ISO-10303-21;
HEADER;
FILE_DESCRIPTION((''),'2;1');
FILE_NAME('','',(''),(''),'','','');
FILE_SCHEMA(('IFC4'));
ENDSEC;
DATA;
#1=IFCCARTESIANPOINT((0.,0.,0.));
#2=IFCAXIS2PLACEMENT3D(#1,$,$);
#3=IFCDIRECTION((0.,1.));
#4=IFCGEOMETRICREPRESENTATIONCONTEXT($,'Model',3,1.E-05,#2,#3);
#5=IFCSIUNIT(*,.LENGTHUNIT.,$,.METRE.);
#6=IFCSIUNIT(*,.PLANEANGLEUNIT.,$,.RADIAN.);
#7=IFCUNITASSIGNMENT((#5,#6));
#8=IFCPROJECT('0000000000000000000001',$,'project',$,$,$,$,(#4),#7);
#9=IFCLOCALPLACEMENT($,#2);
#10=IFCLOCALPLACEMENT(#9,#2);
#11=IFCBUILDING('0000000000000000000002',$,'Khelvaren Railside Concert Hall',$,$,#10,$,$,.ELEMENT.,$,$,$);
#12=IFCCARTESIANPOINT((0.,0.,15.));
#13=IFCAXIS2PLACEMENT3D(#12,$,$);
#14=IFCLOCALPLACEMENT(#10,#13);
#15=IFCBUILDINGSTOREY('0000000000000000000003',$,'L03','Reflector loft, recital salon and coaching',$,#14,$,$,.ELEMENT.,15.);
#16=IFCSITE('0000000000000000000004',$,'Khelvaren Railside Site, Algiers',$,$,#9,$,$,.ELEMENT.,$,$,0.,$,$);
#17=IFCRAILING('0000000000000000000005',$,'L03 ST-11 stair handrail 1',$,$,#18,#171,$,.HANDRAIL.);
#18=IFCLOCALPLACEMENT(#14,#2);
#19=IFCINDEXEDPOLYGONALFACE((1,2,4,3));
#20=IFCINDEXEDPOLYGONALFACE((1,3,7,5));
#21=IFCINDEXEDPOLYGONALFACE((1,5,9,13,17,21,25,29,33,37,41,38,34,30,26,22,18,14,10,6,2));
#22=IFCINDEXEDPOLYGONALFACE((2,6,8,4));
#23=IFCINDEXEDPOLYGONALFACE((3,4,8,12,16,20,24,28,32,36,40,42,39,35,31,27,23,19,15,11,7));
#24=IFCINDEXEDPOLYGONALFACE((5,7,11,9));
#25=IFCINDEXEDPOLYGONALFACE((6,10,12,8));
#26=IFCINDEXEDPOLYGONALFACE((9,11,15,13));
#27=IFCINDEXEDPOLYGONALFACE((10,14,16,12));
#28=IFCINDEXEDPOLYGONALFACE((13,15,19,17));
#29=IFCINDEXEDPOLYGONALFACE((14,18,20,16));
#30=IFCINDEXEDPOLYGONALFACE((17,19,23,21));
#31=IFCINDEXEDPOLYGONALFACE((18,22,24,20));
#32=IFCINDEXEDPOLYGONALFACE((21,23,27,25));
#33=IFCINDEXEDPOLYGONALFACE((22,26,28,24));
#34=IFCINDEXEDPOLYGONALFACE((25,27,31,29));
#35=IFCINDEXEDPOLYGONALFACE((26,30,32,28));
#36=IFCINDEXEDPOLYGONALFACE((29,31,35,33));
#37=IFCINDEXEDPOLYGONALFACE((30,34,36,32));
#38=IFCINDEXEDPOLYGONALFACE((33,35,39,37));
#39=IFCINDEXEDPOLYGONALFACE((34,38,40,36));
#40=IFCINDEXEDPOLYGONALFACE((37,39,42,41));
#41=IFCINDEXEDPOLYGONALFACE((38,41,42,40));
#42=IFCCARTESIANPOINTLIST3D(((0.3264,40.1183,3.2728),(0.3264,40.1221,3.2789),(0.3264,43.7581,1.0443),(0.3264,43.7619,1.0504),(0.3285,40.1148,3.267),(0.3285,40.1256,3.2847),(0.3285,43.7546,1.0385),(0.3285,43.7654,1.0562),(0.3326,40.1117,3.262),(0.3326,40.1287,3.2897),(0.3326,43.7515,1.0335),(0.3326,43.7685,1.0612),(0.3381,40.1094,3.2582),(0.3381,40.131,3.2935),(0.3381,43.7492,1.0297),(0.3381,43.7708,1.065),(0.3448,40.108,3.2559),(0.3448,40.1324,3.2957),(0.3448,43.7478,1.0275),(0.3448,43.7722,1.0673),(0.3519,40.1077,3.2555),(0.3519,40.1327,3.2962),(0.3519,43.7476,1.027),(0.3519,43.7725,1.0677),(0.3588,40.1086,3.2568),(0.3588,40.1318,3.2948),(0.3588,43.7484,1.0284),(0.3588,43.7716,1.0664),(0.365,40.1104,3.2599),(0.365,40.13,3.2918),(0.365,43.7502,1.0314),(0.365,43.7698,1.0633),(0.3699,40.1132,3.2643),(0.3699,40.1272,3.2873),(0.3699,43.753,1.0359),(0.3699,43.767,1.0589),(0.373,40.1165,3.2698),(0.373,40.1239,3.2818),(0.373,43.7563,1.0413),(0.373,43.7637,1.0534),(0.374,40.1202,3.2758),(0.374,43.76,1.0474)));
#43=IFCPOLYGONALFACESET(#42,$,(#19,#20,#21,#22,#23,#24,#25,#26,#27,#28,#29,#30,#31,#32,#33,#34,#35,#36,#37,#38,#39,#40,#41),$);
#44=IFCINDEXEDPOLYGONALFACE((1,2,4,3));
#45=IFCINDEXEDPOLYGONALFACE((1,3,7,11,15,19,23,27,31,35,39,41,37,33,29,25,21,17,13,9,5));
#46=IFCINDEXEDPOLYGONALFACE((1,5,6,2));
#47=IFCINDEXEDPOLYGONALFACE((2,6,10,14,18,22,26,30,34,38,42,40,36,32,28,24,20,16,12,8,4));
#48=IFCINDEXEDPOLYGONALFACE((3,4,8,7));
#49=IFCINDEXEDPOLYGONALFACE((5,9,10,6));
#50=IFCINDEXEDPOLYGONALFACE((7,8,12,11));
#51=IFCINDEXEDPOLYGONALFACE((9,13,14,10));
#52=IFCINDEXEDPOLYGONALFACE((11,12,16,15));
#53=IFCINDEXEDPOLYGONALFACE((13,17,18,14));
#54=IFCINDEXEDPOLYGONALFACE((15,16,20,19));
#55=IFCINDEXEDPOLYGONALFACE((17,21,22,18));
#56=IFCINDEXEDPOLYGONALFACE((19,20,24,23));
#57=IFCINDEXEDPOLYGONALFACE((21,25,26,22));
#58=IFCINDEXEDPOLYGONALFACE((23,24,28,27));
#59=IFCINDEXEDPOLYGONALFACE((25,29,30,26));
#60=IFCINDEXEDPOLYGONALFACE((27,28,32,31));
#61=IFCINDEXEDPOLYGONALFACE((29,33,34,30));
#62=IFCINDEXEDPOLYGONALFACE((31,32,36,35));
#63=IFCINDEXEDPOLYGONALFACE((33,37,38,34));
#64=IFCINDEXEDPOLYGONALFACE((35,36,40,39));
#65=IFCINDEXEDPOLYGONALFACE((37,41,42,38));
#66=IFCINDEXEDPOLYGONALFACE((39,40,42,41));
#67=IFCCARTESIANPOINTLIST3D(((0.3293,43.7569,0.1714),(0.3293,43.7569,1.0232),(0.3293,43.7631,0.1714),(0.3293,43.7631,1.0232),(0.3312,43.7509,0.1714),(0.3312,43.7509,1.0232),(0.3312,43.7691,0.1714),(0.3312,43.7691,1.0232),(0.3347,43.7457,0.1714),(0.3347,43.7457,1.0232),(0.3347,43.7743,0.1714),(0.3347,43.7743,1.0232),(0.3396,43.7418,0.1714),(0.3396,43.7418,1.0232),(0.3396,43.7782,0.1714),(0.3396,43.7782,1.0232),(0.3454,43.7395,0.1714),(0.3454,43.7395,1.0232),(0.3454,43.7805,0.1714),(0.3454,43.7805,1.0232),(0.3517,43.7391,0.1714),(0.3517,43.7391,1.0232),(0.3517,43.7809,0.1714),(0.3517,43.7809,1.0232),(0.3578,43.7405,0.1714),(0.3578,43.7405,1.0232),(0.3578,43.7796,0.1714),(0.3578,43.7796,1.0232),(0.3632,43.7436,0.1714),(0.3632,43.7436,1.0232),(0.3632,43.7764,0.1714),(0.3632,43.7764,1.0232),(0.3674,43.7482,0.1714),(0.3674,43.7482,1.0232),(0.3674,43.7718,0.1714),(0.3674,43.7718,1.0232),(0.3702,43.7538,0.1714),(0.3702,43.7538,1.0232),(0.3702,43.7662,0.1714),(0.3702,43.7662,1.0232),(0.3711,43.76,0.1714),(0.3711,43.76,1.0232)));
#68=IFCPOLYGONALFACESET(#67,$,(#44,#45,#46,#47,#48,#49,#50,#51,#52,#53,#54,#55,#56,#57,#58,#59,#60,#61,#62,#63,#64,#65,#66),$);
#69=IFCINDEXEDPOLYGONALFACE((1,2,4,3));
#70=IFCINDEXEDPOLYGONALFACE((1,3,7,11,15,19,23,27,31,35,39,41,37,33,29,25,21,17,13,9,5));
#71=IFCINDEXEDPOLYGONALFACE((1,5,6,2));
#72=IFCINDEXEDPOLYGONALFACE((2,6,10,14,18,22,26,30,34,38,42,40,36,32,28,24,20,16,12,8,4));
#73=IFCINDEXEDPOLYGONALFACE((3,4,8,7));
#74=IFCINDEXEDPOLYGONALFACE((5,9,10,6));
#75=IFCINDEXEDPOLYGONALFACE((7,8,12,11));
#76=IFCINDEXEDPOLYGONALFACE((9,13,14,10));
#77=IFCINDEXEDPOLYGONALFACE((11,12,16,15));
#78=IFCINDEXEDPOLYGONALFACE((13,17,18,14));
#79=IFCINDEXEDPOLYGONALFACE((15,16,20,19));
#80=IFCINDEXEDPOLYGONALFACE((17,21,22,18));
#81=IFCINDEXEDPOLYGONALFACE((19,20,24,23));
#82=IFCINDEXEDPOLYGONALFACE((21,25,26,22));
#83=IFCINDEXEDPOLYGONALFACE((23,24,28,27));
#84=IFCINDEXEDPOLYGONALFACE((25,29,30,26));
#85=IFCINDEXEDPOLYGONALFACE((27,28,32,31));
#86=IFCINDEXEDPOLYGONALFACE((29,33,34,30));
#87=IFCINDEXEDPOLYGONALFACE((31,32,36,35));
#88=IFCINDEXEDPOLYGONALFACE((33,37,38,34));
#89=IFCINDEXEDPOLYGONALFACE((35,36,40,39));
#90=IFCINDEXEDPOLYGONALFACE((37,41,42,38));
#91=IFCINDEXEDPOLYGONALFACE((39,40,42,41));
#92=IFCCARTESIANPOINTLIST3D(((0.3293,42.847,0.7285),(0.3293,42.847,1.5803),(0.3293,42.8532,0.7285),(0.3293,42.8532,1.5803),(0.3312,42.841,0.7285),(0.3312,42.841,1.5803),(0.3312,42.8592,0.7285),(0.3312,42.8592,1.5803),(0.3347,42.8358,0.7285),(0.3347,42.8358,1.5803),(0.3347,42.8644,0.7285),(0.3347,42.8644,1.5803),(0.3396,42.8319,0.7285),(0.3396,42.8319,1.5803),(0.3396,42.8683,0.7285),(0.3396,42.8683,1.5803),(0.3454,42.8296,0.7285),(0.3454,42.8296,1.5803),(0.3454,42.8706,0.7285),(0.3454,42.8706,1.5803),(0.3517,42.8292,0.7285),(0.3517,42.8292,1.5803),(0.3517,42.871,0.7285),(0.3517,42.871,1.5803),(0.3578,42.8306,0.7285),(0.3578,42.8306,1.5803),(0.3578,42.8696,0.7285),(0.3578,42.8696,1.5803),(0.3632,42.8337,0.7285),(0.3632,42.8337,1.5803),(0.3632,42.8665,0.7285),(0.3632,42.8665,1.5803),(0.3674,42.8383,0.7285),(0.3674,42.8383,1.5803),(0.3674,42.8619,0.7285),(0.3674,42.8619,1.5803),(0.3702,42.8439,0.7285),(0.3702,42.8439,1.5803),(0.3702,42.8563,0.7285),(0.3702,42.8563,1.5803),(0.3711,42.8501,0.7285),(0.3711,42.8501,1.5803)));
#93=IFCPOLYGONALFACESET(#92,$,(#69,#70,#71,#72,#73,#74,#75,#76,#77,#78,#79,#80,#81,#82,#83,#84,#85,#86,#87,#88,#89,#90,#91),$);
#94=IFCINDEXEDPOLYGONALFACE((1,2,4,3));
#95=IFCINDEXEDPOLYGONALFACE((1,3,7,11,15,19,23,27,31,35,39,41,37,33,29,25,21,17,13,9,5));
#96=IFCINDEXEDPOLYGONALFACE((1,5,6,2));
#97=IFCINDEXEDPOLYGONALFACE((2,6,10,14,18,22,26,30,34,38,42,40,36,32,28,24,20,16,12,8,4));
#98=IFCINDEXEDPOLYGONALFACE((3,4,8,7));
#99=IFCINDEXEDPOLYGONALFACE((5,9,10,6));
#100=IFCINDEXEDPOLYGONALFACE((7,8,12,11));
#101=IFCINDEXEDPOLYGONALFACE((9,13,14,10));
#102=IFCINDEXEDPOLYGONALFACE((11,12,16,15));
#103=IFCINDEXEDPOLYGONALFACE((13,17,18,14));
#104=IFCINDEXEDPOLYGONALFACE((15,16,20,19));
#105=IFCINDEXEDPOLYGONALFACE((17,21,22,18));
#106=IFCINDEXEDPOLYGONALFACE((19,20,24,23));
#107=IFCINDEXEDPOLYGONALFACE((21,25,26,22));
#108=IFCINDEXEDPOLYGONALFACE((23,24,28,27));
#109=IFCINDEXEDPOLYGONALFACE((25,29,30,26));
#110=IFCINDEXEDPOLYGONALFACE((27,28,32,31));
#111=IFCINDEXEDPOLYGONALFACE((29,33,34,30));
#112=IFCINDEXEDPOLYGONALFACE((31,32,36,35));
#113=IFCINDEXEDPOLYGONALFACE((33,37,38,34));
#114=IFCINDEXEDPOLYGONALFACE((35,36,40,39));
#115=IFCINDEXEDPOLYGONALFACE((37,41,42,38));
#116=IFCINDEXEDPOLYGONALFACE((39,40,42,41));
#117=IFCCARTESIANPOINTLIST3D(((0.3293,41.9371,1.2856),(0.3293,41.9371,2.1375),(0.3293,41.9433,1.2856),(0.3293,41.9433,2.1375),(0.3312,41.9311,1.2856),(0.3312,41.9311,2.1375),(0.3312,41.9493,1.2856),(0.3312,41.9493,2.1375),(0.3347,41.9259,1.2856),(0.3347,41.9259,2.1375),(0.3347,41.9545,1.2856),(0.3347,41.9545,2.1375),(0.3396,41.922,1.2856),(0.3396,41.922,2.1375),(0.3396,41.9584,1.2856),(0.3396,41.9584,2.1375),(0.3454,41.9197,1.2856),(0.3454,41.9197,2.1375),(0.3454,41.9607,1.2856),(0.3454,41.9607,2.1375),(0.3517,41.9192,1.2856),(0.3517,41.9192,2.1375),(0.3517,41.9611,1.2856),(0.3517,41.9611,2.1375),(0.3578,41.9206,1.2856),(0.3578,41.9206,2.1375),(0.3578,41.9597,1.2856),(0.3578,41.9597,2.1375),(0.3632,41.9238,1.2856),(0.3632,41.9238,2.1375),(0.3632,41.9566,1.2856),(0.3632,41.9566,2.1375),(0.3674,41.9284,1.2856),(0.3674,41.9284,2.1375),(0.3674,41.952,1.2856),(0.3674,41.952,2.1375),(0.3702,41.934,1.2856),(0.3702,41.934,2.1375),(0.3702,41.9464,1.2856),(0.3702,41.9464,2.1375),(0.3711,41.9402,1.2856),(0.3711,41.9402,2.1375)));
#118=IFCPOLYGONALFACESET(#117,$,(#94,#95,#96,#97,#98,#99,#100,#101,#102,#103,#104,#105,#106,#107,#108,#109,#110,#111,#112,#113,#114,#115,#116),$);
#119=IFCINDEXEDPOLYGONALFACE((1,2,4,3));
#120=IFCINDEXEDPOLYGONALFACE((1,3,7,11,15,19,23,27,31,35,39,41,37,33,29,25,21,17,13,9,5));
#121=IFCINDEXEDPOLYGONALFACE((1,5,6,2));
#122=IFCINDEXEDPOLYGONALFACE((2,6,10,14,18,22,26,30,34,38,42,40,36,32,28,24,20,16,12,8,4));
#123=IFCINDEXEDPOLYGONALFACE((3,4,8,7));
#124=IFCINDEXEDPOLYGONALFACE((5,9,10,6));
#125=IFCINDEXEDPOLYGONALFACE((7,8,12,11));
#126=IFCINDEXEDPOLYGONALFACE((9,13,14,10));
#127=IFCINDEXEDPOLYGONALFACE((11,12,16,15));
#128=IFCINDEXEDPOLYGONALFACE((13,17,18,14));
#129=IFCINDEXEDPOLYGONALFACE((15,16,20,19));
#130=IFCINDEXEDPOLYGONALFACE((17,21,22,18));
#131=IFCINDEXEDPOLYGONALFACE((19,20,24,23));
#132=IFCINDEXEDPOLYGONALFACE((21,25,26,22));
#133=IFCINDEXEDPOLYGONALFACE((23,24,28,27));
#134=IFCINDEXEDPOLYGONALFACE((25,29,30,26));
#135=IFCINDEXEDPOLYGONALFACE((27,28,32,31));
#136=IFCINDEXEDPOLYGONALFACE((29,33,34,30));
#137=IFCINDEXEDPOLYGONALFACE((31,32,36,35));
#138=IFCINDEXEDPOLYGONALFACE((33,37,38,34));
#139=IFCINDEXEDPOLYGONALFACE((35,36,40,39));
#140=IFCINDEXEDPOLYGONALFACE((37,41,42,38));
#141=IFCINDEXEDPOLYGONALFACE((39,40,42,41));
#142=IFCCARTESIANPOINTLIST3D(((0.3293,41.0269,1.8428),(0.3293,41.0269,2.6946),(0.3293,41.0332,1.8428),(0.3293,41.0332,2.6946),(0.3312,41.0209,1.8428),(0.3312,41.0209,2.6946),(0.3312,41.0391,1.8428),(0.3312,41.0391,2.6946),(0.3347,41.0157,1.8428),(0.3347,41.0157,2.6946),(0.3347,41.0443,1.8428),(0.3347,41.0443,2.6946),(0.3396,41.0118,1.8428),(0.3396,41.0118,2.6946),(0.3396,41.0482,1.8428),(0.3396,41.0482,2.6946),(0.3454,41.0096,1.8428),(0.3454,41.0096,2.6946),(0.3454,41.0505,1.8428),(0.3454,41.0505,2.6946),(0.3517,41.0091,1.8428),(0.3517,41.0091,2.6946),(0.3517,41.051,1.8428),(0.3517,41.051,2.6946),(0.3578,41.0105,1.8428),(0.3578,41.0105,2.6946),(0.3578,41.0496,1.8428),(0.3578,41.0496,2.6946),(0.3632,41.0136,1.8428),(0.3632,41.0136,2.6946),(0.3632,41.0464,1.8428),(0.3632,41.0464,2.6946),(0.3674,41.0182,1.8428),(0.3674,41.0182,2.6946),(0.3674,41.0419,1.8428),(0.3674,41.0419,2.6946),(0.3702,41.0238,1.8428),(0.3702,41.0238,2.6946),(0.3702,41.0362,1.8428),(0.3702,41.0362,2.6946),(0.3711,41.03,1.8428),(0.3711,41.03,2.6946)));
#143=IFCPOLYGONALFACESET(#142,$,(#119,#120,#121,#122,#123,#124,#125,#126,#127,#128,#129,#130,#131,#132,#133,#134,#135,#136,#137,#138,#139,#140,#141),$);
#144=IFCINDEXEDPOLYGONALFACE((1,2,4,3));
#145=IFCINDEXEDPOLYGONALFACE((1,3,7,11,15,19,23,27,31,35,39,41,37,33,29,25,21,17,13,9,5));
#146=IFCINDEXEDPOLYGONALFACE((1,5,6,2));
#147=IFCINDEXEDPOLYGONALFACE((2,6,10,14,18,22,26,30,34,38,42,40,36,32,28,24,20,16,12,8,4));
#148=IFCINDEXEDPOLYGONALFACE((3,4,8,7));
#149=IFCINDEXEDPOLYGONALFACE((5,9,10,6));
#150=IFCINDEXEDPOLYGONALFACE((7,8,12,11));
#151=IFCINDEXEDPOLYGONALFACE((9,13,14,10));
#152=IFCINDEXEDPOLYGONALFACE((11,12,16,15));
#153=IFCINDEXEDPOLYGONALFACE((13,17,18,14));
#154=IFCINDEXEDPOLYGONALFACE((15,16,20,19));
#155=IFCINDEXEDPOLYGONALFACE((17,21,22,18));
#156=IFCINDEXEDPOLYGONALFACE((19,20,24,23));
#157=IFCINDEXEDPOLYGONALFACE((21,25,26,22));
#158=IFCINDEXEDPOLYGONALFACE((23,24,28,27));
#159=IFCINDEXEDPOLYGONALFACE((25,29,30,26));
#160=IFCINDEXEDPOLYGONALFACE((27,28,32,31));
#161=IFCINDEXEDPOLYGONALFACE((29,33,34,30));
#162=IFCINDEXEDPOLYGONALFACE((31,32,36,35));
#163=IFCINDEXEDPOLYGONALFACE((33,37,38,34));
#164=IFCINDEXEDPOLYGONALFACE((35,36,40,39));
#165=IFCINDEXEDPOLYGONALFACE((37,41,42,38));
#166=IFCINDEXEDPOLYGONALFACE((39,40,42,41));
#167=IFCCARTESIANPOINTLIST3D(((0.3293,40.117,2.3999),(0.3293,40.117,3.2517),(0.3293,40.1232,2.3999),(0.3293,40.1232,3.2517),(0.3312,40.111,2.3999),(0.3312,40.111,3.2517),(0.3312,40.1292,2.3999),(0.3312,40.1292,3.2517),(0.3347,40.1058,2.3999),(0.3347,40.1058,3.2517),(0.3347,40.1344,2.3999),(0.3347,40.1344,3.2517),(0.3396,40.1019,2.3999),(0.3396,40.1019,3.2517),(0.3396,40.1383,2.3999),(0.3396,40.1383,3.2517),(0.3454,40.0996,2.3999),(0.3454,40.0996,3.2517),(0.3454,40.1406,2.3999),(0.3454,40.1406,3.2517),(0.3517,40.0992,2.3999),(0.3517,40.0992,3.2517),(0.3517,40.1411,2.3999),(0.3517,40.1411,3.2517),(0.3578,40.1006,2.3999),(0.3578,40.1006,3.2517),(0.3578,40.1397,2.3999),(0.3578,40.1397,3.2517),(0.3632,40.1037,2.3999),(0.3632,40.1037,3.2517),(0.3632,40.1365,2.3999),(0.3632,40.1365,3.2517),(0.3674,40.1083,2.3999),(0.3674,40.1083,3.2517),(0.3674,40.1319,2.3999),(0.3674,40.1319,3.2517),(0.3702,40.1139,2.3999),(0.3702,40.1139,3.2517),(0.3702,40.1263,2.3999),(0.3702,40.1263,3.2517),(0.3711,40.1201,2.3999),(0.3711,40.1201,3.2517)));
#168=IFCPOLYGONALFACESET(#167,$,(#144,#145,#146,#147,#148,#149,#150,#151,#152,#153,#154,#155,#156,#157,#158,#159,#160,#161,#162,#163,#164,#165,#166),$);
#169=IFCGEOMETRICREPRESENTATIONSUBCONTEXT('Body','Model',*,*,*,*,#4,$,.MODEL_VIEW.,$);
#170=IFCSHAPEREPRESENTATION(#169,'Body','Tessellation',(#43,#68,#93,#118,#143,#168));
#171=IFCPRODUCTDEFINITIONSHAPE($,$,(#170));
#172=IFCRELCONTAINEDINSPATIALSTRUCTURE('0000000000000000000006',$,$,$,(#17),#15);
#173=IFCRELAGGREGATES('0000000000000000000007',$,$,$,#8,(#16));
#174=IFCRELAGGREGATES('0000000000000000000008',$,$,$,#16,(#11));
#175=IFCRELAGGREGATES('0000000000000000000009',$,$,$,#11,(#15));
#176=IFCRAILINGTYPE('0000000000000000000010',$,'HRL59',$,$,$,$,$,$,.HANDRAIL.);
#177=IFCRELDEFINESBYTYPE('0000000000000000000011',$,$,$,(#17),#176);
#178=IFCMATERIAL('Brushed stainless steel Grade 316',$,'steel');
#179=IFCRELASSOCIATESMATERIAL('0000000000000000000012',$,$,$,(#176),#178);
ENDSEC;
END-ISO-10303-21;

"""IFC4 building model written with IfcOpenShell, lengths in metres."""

from ifc_helpers import new_model, si_unit, direction, frame, origin, origin_2d, place, context, subcontext, project, spatial, circle, extrude, material, type_object, element, save


model = new_model("IFC4")

# Units and contexts
model_context = context("Model", 3, precision=1e-05, world=origin(), true_north=direction((0.0, 1.0)))
body_context = subcontext(model_context, "Body", "Model", "MODEL_VIEW")
ifc_project = project(units=[si_unit("LENGTHUNIT", "METRE"), si_unit("PLANEANGLEUNIT", "RADIAN")], contexts=[model_context])

# Site, building, storey
site_placement = place(None, origin())
site = spatial("IfcSite", under=ifc_project, at=site_placement, Name="Khelvaren Railside Site, Algiers", CompositionType="ELEMENT", RefElevation=0.0)
building_placement = place(site_placement, origin())
building = spatial("IfcBuilding", under=site, at=building_placement, Name="Khelvaren Railside Concert Hall", CompositionType="ELEMENT")
storey_placement = place(building_placement, frame((0.0, 0.0, 15.0)))
storey = spatial("IfcBuildingStorey", under=building, at=storey_placement, Name="L03", Description="Reflector loft, recital salon and coaching", CompositionType="ELEMENT", Elevation=15.0)

# Railing
ifc_material_1 = material(Name="Brushed stainless steel Grade 316", Category="steel")
railing_type_1 = type_object("IfcRailingType", Name="HRL59", PredefinedType="HANDRAIL", material=ifc_material_1)
railing_1_placement = place(storey_placement, frame((0.3501, 43.76, 0.1714)))
element("IfcRailing", 1, at=railing_1_placement, inside=storey, type_object=railing_type_1, Name="L03 ST-11 stair handrail 1", PredefinedType="HANDRAIL", context=body_context, shape_type="SweptSolid", body=[
    extrude(circle(Radius=0.0239, at=origin_2d()), frame((0.0, 0.0, 0.876), z_axis=(0.0, -0.85285, 0.522156), x_axis=(1.0, 0.0, 0.0)), (0.0, 0.0, 1.0), 4.2678),
    extrude(circle(Radius=0.021, at=origin_2d()), origin(), (0.0, 0.0, 1.0), 0.8518),
    extrude(circle(Radius=0.021, at=origin_2d()), frame((0.0, -0.9099, 0.5571)), (0.0, 0.0, 1.0), 0.8518),
    extrude(circle(Radius=0.021, at=origin_2d()), frame((0.0, -1.8198, 1.1143)), (0.0, 0.0, 1.0), 0.8518),
    extrude(circle(Radius=0.021, at=origin_2d()), frame((0.0, -2.73, 1.6714)), (0.0, 0.0, 1.0), 0.8518),
    extrude(circle(Radius=0.021, at=origin_2d()), frame((0.0, -3.6399, 2.2285)), (0.0, 0.0, 1.0), 0.8518),
])

save(model, "model.ifc")
